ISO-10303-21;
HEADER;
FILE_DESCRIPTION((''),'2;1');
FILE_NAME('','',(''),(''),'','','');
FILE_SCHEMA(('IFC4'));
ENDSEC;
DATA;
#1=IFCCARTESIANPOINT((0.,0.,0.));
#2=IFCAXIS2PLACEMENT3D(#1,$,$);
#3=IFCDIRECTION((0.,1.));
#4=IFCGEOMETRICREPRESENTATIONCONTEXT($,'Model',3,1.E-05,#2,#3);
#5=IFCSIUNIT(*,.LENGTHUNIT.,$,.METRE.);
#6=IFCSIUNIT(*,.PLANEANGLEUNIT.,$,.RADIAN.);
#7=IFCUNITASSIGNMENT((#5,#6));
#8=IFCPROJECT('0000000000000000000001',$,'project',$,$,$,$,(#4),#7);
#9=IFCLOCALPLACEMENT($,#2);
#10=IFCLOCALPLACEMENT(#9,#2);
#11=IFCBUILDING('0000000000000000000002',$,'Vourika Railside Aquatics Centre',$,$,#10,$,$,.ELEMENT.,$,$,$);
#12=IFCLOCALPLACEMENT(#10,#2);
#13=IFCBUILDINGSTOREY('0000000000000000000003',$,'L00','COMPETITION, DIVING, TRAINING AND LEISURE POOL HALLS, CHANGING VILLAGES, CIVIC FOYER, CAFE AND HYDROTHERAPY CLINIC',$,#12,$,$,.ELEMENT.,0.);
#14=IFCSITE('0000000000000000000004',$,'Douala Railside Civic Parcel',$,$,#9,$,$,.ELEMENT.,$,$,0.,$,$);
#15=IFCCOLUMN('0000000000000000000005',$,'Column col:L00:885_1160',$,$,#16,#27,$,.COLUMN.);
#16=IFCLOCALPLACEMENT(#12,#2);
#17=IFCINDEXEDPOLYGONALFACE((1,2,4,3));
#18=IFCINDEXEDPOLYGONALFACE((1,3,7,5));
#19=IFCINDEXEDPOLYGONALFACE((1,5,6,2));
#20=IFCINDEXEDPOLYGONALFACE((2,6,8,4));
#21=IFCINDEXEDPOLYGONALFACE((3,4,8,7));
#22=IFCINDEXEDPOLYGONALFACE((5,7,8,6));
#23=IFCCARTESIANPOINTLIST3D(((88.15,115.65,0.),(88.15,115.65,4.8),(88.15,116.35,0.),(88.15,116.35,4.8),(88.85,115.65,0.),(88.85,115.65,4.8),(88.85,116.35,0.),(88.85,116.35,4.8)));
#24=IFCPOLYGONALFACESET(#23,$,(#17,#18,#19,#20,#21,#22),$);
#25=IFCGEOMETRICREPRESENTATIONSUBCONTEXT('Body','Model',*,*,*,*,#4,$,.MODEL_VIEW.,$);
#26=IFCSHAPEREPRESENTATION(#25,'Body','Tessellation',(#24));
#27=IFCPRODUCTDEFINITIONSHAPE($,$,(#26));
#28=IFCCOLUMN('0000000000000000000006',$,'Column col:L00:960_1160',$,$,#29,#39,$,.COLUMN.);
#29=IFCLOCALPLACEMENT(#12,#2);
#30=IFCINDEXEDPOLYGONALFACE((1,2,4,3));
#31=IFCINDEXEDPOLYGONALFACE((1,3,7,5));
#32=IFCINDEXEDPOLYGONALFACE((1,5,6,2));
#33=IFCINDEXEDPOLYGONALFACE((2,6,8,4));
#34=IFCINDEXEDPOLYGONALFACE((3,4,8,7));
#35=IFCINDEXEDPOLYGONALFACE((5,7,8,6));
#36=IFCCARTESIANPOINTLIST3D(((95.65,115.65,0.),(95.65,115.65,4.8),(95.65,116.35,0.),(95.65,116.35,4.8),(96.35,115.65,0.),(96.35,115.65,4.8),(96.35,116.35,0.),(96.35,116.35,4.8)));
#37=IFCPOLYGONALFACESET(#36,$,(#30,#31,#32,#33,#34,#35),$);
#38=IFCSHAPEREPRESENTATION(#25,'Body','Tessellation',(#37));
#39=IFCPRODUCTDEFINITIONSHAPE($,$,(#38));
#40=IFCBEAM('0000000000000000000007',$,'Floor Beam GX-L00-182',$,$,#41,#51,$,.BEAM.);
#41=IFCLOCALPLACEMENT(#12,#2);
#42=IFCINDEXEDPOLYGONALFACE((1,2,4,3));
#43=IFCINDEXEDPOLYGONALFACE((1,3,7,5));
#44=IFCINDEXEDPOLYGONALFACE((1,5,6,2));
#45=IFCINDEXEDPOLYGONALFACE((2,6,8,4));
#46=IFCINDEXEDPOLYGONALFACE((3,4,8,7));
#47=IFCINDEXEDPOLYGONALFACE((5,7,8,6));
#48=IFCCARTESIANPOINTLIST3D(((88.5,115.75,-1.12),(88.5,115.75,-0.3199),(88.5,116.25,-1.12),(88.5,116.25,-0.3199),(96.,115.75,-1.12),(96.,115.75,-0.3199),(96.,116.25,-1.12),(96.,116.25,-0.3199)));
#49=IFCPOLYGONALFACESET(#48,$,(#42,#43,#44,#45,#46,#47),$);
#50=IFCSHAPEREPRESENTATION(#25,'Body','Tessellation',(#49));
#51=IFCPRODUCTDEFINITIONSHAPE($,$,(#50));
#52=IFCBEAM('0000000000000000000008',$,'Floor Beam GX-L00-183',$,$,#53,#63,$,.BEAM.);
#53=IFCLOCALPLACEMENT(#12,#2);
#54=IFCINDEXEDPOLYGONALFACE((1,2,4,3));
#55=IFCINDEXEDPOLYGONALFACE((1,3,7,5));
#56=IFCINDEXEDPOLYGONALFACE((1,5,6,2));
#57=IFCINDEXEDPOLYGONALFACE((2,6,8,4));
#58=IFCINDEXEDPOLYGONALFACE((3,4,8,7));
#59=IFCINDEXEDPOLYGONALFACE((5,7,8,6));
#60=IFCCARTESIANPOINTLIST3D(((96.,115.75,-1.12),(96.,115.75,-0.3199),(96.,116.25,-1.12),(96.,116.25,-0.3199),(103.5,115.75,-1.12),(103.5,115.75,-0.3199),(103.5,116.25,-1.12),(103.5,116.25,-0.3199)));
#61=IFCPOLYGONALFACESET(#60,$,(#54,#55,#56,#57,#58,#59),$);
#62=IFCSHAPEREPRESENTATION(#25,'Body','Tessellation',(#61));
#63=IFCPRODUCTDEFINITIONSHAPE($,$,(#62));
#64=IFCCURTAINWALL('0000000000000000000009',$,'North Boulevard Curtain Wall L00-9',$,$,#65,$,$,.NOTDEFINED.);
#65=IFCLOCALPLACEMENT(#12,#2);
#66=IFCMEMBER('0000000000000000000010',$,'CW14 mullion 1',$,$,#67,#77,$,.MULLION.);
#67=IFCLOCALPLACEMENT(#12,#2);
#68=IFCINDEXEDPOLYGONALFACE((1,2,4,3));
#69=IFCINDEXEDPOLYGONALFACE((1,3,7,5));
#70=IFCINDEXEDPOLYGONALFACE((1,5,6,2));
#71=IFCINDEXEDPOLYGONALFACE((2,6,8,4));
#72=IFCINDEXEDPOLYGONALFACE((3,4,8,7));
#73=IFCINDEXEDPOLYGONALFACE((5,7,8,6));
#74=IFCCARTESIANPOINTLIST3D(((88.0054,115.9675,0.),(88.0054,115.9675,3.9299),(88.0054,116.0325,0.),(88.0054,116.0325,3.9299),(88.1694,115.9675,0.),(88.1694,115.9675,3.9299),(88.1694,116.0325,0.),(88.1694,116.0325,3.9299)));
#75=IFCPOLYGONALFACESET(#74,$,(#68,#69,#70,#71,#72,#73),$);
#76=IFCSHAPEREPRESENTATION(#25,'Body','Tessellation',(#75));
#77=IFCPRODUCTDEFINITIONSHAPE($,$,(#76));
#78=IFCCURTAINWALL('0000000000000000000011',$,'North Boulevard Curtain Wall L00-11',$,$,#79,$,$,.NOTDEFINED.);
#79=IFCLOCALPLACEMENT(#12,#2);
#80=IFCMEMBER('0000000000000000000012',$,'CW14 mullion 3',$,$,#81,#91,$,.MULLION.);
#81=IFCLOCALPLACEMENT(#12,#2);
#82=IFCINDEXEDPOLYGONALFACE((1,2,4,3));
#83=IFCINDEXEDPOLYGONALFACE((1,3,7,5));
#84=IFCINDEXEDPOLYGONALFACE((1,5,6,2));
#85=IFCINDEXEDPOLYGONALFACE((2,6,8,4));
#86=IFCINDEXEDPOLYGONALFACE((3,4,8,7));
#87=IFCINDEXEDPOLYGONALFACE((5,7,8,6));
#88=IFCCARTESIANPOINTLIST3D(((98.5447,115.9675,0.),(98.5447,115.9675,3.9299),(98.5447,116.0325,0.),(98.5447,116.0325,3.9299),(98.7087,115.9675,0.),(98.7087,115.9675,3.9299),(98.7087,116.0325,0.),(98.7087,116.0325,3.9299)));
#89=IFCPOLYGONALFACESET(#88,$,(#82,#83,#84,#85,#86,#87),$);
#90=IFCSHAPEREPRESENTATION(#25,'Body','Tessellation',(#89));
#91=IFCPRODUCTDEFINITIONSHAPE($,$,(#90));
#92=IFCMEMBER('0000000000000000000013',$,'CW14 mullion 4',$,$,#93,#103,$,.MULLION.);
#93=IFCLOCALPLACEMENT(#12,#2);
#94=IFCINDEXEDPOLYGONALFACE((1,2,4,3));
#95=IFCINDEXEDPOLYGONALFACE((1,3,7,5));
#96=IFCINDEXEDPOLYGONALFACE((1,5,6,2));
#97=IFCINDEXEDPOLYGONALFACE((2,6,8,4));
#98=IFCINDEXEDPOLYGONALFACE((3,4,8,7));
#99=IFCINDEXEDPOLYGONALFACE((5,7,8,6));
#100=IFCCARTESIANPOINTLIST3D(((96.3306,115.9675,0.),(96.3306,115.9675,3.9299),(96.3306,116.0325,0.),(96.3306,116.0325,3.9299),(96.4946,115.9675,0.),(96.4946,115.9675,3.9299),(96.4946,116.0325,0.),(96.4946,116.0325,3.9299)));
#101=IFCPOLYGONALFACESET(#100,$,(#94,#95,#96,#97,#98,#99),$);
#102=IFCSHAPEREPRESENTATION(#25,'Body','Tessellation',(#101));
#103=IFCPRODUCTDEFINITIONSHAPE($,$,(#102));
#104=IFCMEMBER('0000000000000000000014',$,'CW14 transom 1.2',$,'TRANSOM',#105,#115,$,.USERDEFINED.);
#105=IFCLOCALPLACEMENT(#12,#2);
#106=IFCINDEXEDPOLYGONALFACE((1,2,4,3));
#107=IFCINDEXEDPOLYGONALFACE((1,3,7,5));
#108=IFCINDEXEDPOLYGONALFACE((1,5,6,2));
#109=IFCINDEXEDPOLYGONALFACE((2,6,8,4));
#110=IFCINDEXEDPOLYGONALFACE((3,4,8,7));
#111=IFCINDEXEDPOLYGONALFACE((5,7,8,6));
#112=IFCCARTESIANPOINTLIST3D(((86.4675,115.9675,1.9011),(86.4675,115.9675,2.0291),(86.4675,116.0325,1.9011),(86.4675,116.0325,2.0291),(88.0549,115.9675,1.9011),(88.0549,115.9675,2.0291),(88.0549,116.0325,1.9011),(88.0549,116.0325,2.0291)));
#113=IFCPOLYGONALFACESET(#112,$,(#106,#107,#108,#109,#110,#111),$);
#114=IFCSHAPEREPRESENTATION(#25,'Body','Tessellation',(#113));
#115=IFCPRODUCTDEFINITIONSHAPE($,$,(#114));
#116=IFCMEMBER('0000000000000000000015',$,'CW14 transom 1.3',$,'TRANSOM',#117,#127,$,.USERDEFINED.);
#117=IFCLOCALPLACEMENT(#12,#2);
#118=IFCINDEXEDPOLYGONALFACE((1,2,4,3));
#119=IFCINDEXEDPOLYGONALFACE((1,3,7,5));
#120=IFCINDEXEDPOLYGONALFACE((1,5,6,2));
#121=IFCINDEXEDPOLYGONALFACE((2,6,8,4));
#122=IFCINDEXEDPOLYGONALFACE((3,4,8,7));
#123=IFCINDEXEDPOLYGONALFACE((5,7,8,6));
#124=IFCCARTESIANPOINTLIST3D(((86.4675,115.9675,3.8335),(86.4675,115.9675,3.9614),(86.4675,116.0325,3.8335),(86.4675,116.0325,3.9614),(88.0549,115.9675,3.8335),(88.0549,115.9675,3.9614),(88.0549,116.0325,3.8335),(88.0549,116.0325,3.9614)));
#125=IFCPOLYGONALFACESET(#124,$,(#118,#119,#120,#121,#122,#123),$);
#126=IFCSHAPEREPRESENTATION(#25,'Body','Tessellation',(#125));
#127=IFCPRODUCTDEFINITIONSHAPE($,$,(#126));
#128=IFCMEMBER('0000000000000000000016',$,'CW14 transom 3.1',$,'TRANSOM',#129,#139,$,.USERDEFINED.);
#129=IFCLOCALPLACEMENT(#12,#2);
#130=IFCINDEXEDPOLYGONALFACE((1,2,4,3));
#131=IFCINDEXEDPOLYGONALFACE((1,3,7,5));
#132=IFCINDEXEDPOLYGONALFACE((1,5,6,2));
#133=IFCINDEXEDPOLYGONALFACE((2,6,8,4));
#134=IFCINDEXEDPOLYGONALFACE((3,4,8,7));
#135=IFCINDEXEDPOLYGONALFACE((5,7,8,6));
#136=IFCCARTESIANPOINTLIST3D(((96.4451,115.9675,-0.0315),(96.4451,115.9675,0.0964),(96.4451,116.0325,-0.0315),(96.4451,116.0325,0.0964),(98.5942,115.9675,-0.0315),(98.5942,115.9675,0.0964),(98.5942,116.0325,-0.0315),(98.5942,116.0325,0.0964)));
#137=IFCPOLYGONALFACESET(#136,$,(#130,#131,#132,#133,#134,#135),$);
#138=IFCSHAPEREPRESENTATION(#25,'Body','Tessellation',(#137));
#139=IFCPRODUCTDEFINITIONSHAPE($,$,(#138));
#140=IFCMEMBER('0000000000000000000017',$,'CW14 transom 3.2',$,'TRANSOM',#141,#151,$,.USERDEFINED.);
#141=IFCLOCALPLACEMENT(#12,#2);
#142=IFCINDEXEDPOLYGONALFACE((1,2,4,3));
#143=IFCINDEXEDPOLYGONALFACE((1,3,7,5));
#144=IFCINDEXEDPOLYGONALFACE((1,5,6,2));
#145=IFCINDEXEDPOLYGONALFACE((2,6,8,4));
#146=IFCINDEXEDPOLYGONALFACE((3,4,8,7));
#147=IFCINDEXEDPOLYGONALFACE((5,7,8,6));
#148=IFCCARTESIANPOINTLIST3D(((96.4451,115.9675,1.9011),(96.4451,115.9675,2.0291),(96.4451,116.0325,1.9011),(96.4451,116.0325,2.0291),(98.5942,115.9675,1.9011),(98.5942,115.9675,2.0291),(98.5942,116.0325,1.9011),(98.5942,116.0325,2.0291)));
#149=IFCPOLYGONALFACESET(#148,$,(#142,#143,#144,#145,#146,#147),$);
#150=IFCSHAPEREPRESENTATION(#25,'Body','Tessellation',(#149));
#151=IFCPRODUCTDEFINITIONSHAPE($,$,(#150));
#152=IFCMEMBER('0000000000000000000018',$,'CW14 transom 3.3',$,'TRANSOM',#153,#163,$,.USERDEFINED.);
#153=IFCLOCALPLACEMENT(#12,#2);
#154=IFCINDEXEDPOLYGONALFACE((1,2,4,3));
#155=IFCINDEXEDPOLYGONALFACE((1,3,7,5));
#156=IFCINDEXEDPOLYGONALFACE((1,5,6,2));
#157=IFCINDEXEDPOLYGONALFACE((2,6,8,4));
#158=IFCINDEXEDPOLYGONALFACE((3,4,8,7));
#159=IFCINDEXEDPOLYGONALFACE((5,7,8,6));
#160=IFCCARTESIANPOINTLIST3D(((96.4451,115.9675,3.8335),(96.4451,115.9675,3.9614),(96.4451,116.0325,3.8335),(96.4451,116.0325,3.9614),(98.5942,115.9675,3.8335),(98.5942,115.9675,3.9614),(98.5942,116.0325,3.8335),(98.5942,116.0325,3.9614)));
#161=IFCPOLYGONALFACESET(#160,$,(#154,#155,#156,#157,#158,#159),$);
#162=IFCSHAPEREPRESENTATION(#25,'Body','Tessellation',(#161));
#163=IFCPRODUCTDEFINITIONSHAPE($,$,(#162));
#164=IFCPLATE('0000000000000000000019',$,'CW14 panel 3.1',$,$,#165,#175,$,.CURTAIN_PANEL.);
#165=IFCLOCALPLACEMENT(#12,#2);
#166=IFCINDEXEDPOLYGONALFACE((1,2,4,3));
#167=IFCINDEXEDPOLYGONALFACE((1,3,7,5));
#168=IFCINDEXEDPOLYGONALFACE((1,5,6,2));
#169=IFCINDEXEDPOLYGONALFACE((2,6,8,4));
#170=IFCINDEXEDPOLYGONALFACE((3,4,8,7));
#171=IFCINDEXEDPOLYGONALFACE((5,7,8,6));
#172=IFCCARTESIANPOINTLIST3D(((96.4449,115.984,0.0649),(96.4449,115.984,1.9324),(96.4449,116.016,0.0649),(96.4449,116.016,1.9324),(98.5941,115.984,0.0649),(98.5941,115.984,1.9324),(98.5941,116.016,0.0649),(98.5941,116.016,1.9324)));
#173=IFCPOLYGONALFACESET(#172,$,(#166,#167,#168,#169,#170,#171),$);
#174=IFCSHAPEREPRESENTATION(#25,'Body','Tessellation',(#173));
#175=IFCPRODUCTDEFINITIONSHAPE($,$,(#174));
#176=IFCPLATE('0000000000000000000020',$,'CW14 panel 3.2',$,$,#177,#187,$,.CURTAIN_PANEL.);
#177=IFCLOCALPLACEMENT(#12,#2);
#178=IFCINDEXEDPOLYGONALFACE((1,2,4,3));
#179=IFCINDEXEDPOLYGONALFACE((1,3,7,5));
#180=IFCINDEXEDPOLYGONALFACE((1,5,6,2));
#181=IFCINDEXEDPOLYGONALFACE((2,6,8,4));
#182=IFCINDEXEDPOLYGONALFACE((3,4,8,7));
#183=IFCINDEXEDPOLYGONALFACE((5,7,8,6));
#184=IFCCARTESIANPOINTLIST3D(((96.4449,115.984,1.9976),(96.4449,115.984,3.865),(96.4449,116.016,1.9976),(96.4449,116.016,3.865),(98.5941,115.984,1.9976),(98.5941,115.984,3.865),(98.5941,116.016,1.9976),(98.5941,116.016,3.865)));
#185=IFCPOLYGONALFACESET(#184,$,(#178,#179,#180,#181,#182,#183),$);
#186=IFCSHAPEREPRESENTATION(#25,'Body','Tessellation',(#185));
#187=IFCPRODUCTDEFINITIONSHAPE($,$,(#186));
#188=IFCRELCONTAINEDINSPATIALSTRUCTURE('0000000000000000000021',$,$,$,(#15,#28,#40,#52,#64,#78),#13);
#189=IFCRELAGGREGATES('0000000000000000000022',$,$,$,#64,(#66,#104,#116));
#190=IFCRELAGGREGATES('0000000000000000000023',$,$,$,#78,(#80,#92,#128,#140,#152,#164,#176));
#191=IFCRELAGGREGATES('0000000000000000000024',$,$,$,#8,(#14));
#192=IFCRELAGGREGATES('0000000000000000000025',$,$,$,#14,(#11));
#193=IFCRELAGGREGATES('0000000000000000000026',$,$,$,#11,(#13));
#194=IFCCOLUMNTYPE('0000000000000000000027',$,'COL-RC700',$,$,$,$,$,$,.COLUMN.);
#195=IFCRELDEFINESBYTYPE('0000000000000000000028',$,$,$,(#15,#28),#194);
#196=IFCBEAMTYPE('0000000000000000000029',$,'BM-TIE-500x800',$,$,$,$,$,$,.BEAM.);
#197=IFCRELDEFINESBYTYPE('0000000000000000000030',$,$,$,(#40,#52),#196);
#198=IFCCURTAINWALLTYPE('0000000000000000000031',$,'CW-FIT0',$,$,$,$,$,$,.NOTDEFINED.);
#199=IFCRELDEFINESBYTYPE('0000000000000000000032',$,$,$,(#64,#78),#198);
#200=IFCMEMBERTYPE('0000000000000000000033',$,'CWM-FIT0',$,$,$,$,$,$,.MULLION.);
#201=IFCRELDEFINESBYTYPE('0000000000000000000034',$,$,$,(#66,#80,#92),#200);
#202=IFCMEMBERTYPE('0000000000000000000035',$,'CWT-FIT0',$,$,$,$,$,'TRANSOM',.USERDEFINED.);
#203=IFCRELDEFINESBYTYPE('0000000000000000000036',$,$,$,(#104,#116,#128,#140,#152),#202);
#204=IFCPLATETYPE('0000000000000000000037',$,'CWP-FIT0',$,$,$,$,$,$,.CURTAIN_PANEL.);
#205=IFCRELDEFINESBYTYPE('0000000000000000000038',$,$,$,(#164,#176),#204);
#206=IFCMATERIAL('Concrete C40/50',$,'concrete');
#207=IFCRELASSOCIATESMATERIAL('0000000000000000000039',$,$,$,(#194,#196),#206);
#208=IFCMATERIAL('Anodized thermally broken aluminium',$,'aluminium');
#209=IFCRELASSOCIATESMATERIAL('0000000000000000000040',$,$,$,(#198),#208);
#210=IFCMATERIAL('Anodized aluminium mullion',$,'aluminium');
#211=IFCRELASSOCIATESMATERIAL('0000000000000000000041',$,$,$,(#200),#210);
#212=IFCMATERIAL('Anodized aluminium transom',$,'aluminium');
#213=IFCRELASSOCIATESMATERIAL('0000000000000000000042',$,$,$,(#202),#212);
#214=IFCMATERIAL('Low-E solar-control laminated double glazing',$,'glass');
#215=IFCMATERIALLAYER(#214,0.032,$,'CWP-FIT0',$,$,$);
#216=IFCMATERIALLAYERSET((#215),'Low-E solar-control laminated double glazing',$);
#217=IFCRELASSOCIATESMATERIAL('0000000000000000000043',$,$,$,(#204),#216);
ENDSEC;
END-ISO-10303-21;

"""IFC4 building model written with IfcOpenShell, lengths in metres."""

from ifc_helpers import new_model, si_unit, direction, frame, origin, origin_2d, place, context, subcontext, project, spatial, rectangle, extrude, material, layer, layer_set, material_profile, profile_set, type_object, element, aggregate, save


model = new_model("IFC4")

# Units and contexts
model_context = context("Model", 3, precision=1e-05, world=origin(), true_north=direction((0.0, 1.0)))
body_context = subcontext(model_context, "Body", "Model", "MODEL_VIEW")
ifc_project = project(units=[si_unit("LENGTHUNIT", "METRE"), si_unit("PLANEANGLEUNIT", "RADIAN")], contexts=[model_context])

# Site, building, storey
site_placement = place(None, origin())
site = spatial("IfcSite", under=ifc_project, at=site_placement, Name="Douala Railside Civic Parcel", CompositionType="ELEMENT", RefElevation=0.0)
building_placement = place(site_placement, origin())
building = spatial("IfcBuilding", under=site, at=building_placement, Name="Vourika Railside Aquatics Centre", CompositionType="ELEMENT")
storey_placement = place(building_placement, origin())
storey = spatial("IfcBuildingStorey", under=building, at=storey_placement, Name="L00", Description="COMPETITION, DIVING, TRAINING AND LEISURE POOL HALLS, CHANGING VILLAGES, CIVIC FOYER, CAFE AND HYDROTHERAPY CLINIC", CompositionType="ELEMENT", Elevation=0.0)

# Columns
ifc_material_1 = material(Name="Concrete C40/50", Category="concrete")
ifc_material_profile_1 = material_profile(ifc_material_1, rectangle(XDim=0.7, YDim=0.7, at=origin_2d()), Name="RC 700x700")
ifc_profile_set_1 = profile_set([ifc_material_profile_1], Name="Concrete C40/50")
column_type = type_object("IfcColumnType", Name="COL-RC700", PredefinedType="COLUMN", material=ifc_profile_set_1)
for number, where, z_axis, x_axis, name in (
    (1, (88.5, 116.0, 0.0), (0.0, 0.0, 1.0), (1.0, 0.0, 0.0), "Column col:L00:885_1160"),
    (2, (96.0, 116.0, 0.0), (0.0, 0.0, 1.0), (1.0, 0.0, 0.0), "Column col:L00:960_1160"),
):
    element("IfcColumn", number, at=place(storey_placement, frame(where, z_axis=z_axis, x_axis=x_axis)), inside=storey, type_object=column_type, Name=name, PredefinedType="COLUMN", context=body_context, shape_type="SweptSolid", body=[
        extrude(rectangle(XDim=0.7, YDim=0.7, at=origin_2d()), origin(), (0.0, 0.0, 1.0), 4.8),
    ])

# Beams
ifc_material_profile_2 = material_profile(ifc_material_1, rectangle(XDim=0.5, YDim=0.8, at=origin_2d()), Name="RC 500x800")
ifc_profile_set_2 = profile_set([ifc_material_profile_2], Name="Concrete C40/50")
beam_type = type_object("IfcBeamType", Name="BM-TIE-500x800", PredefinedType="BEAM", material=ifc_profile_set_2)
for number, where, z_axis, x_axis, name in (
    (3, (88.5, 116.0, -0.72), (1.0, 0.0, 0.0), (0.0, 1.0, 0.0), "Floor Beam GX-L00-182"),
    (4, (96.0, 116.0, -0.72), (1.0, 0.0, 0.0), (0.0, 1.0, 0.0), "Floor Beam GX-L00-183"),
):
    element("IfcBeam", number, at=place(storey_placement, frame(where, z_axis=z_axis, x_axis=x_axis)), inside=storey, type_object=beam_type, Name=name, PredefinedType="BEAM", context=body_context, shape_type="SweptSolid", body=[
        extrude(rectangle(XDim=0.5, YDim=0.8, at=origin_2d()), origin(), (0.0, 0.0, 1.0), 7.5),
    ])

# Curtain wall, member
ifc_material_2 = material(Name="Anodized thermally broken aluminium", Category="aluminium")
curtain_wall_type = type_object("IfcCurtainWallType", Name="CW-FIT0", PredefinedType="NOTDEFINED", material=ifc_material_2)
curtain_wall_1_placement = place(storey_placement, origin())
curtain_wall_1 = element("IfcCurtainWall", 5, at=curtain_wall_1_placement, inside=storey, type_object=curtain_wall_type, Name="North Boulevard Curtain Wall L00-9", PredefinedType="NOTDEFINED")
ifc_material_3 = material(Name="Anodized aluminium mullion", Category="aluminium")
ifc_material_profile_3 = material_profile(ifc_material_3, rectangle(XDim=0.0649, YDim=0.1641, at=origin_2d()), Name="ALU-M 65x164")
ifc_profile_set_3 = profile_set([ifc_material_profile_3], Name="Anodized aluminium mullion")
member_type_1 = type_object("IfcMemberType", Name="CWM-FIT0", PredefinedType="MULLION", material=ifc_profile_set_3)
member_1_placement = place(storey_placement, frame((88.0874, 116.0, 0.0), z_axis=(0.0, 0.0, 1.0), x_axis=(0.0, -1.0, 0.0)))
member_1 = element("IfcMember", 6, at=member_1_placement, type_object=member_type_1, Name="CW14 mullion 1", PredefinedType="MULLION", context=body_context, shape_type="SweptSolid", body=[
    extrude(rectangle(XDim=0.0649, YDim=0.1641, at=origin_2d()), origin(), (0.0, 0.0, 1.0), 3.9299),
])

# Curtain wall, members
curtain_wall_2_placement = place(storey_placement, origin())
curtain_wall_2 = element("IfcCurtainWall", 7, at=curtain_wall_2_placement, inside=storey, type_object=curtain_wall_type, Name="North Boulevard Curtain Wall L00-11", PredefinedType="NOTDEFINED")
member_2_placement = place(storey_placement, frame((98.6267, 116.0, 0.0), z_axis=(0.0, 0.0, 1.0), x_axis=(0.0, -1.0, 0.0)))
member_2 = element("IfcMember", 8, at=member_2_placement, type_object=member_type_1, Name="CW14 mullion 3", PredefinedType="MULLION", context=body_context, shape_type="SweptSolid", body=[
    extrude(rectangle(XDim=0.0649, YDim=0.1641, at=origin_2d()), origin(), (0.0, 0.0, 1.0), 3.9299),
])
member_3_placement = place(storey_placement, frame((96.4126, 116.0, 0.0), z_axis=(0.0, 0.0, 1.0), x_axis=(0.0, -1.0, 0.0)))
member_3 = element("IfcMember", 9, at=member_3_placement, type_object=member_type_1, Name="CW14 mullion 4", PredefinedType="MULLION", context=body_context, shape_type="SweptSolid", body=[
    extrude(rectangle(XDim=0.0649, YDim=0.1641, at=origin_2d()), origin(), (0.0, 0.0, 1.0), 3.9299),
])

# Members
ifc_material_4 = material(Name="Anodized aluminium transom", Category="aluminium")
ifc_material_profile_4 = material_profile(ifc_material_4, rectangle(XDim=0.0649, YDim=0.1279, at=origin_2d()), Name="ALU-T 65x128")
ifc_profile_set_4 = profile_set([ifc_material_profile_4], Name="Anodized aluminium transom")
member_type_2 = type_object("IfcMemberType", Name="CWT-FIT0", ElementType="TRANSOM", PredefinedType="USERDEFINED", material=ifc_profile_set_4)
member_4_placement = place(storey_placement, frame((88.0549, 116.0, 1.9651), z_axis=(-1.0, 0.0, 0.0), x_axis=(0.0, -1.0, 0.0)))
member_4 = element("IfcMember", 10, at=member_4_placement, type_object=member_type_2, Name="CW14 transom 1.2", ObjectType="TRANSOM", PredefinedType="USERDEFINED", context=body_context, shape_type="SweptSolid", body=[
    extrude(rectangle(XDim=0.0649, YDim=0.1279, at=origin_2d()), origin(), (0.0, 0.0, 1.0), 1.5874),
])
member_5_placement = place(storey_placement, frame((88.0549, 116.0, 3.8975), z_axis=(-1.0, 0.0, 0.0), x_axis=(0.0, -1.0, 0.0)))
member_5 = element("IfcMember", 11, at=member_5_placement, type_object=member_type_2, Name="CW14 transom 1.3", ObjectType="TRANSOM", PredefinedType="USERDEFINED", context=body_context, shape_type="SweptSolid", body=[
    extrude(rectangle(XDim=0.0649, YDim=0.1279, at=origin_2d()), origin(), (0.0, 0.0, 1.0), 1.5874),
])
aggregate(curtain_wall_1, [member_1, member_4, member_5])
member_6_placement = place(storey_placement, frame((98.5942, 116.0, 0.0325), z_axis=(-1.0, 0.0, 0.0), x_axis=(0.0, -1.0, 0.0)))
member_6 = element("IfcMember", 12, at=member_6_placement, type_object=member_type_2, Name="CW14 transom 3.1", ObjectType="TRANSOM", PredefinedType="USERDEFINED", context=body_context, shape_type="SweptSolid", body=[
    extrude(rectangle(XDim=0.0649, YDim=0.1279, at=origin_2d()), origin(), (0.0, 0.0, 1.0), 2.1492),
])
member_7_placement = place(storey_placement, frame((98.5942, 116.0, 1.9651), z_axis=(-1.0, 0.0, 0.0), x_axis=(0.0, -1.0, 0.0)))
member_7 = element("IfcMember", 13, at=member_7_placement, type_object=member_type_2, Name="CW14 transom 3.2", ObjectType="TRANSOM", PredefinedType="USERDEFINED", context=body_context, shape_type="SweptSolid", body=[
    extrude(rectangle(XDim=0.0649, YDim=0.1279, at=origin_2d()), origin(), (0.0, 0.0, 1.0), 2.1492),
])
member_8_placement = place(storey_placement, frame((98.5942, 116.0, 3.8975), z_axis=(-1.0, 0.0, 0.0), x_axis=(0.0, -1.0, 0.0)))
member_8 = element("IfcMember", 14, at=member_8_placement, type_object=member_type_2, Name="CW14 transom 3.3", ObjectType="TRANSOM", PredefinedType="USERDEFINED", context=body_context, shape_type="SweptSolid", body=[
    extrude(rectangle(XDim=0.0649, YDim=0.1279, at=origin_2d()), origin(), (0.0, 0.0, 1.0), 2.1492),
])

# Plates
ifc_material_5 = material(Name="Low-E solar-control laminated double glazing", Category="glass")
ifc_layer_1 = layer(ifc_material_5, 0.032, Name="CWP-FIT0")
ifc_layer_set_1 = layer_set([ifc_layer_1], Name="Low-E solar-control laminated double glazing")
plate_type = type_object("IfcPlateType", Name="CWP-FIT0", PredefinedType="CURTAIN_PANEL", material=ifc_layer_set_1)
plate_1_placement = place(storey_placement, frame((97.5195, 116.0, 0.0649), z_axis=(0.0, 0.0, 1.0), x_axis=(-1.0, 0.0, 0.0)))
plate_1 = element("IfcPlate", 15, at=plate_1_placement, type_object=plate_type, Name="CW14 panel 3.1", PredefinedType="CURTAIN_PANEL", context=body_context, shape_type="SweptSolid", body=[
    extrude(rectangle(XDim=2.1492, YDim=0.032, at=origin_2d()), origin(), (0.0, 0.0, 1.0), 1.8674),
])
plate_2_placement = place(storey_placement, frame((97.5195, 116.0, 1.9976), z_axis=(0.0, 0.0, 1.0), x_axis=(-1.0, 0.0, 0.0)))
plate_2 = element("IfcPlate", 16, at=plate_2_placement, type_object=plate_type, Name="CW14 panel 3.2", PredefinedType="CURTAIN_PANEL", context=body_context, shape_type="SweptSolid", body=[
    extrude(rectangle(XDim=2.1492, YDim=0.032, at=origin_2d()), origin(), (0.0, 0.0, 1.0), 1.8674),
])
aggregate(curtain_wall_2, [member_2, member_3, member_6, member_7, member_8, plate_1, plate_2])

save(model, "model.ifc")
